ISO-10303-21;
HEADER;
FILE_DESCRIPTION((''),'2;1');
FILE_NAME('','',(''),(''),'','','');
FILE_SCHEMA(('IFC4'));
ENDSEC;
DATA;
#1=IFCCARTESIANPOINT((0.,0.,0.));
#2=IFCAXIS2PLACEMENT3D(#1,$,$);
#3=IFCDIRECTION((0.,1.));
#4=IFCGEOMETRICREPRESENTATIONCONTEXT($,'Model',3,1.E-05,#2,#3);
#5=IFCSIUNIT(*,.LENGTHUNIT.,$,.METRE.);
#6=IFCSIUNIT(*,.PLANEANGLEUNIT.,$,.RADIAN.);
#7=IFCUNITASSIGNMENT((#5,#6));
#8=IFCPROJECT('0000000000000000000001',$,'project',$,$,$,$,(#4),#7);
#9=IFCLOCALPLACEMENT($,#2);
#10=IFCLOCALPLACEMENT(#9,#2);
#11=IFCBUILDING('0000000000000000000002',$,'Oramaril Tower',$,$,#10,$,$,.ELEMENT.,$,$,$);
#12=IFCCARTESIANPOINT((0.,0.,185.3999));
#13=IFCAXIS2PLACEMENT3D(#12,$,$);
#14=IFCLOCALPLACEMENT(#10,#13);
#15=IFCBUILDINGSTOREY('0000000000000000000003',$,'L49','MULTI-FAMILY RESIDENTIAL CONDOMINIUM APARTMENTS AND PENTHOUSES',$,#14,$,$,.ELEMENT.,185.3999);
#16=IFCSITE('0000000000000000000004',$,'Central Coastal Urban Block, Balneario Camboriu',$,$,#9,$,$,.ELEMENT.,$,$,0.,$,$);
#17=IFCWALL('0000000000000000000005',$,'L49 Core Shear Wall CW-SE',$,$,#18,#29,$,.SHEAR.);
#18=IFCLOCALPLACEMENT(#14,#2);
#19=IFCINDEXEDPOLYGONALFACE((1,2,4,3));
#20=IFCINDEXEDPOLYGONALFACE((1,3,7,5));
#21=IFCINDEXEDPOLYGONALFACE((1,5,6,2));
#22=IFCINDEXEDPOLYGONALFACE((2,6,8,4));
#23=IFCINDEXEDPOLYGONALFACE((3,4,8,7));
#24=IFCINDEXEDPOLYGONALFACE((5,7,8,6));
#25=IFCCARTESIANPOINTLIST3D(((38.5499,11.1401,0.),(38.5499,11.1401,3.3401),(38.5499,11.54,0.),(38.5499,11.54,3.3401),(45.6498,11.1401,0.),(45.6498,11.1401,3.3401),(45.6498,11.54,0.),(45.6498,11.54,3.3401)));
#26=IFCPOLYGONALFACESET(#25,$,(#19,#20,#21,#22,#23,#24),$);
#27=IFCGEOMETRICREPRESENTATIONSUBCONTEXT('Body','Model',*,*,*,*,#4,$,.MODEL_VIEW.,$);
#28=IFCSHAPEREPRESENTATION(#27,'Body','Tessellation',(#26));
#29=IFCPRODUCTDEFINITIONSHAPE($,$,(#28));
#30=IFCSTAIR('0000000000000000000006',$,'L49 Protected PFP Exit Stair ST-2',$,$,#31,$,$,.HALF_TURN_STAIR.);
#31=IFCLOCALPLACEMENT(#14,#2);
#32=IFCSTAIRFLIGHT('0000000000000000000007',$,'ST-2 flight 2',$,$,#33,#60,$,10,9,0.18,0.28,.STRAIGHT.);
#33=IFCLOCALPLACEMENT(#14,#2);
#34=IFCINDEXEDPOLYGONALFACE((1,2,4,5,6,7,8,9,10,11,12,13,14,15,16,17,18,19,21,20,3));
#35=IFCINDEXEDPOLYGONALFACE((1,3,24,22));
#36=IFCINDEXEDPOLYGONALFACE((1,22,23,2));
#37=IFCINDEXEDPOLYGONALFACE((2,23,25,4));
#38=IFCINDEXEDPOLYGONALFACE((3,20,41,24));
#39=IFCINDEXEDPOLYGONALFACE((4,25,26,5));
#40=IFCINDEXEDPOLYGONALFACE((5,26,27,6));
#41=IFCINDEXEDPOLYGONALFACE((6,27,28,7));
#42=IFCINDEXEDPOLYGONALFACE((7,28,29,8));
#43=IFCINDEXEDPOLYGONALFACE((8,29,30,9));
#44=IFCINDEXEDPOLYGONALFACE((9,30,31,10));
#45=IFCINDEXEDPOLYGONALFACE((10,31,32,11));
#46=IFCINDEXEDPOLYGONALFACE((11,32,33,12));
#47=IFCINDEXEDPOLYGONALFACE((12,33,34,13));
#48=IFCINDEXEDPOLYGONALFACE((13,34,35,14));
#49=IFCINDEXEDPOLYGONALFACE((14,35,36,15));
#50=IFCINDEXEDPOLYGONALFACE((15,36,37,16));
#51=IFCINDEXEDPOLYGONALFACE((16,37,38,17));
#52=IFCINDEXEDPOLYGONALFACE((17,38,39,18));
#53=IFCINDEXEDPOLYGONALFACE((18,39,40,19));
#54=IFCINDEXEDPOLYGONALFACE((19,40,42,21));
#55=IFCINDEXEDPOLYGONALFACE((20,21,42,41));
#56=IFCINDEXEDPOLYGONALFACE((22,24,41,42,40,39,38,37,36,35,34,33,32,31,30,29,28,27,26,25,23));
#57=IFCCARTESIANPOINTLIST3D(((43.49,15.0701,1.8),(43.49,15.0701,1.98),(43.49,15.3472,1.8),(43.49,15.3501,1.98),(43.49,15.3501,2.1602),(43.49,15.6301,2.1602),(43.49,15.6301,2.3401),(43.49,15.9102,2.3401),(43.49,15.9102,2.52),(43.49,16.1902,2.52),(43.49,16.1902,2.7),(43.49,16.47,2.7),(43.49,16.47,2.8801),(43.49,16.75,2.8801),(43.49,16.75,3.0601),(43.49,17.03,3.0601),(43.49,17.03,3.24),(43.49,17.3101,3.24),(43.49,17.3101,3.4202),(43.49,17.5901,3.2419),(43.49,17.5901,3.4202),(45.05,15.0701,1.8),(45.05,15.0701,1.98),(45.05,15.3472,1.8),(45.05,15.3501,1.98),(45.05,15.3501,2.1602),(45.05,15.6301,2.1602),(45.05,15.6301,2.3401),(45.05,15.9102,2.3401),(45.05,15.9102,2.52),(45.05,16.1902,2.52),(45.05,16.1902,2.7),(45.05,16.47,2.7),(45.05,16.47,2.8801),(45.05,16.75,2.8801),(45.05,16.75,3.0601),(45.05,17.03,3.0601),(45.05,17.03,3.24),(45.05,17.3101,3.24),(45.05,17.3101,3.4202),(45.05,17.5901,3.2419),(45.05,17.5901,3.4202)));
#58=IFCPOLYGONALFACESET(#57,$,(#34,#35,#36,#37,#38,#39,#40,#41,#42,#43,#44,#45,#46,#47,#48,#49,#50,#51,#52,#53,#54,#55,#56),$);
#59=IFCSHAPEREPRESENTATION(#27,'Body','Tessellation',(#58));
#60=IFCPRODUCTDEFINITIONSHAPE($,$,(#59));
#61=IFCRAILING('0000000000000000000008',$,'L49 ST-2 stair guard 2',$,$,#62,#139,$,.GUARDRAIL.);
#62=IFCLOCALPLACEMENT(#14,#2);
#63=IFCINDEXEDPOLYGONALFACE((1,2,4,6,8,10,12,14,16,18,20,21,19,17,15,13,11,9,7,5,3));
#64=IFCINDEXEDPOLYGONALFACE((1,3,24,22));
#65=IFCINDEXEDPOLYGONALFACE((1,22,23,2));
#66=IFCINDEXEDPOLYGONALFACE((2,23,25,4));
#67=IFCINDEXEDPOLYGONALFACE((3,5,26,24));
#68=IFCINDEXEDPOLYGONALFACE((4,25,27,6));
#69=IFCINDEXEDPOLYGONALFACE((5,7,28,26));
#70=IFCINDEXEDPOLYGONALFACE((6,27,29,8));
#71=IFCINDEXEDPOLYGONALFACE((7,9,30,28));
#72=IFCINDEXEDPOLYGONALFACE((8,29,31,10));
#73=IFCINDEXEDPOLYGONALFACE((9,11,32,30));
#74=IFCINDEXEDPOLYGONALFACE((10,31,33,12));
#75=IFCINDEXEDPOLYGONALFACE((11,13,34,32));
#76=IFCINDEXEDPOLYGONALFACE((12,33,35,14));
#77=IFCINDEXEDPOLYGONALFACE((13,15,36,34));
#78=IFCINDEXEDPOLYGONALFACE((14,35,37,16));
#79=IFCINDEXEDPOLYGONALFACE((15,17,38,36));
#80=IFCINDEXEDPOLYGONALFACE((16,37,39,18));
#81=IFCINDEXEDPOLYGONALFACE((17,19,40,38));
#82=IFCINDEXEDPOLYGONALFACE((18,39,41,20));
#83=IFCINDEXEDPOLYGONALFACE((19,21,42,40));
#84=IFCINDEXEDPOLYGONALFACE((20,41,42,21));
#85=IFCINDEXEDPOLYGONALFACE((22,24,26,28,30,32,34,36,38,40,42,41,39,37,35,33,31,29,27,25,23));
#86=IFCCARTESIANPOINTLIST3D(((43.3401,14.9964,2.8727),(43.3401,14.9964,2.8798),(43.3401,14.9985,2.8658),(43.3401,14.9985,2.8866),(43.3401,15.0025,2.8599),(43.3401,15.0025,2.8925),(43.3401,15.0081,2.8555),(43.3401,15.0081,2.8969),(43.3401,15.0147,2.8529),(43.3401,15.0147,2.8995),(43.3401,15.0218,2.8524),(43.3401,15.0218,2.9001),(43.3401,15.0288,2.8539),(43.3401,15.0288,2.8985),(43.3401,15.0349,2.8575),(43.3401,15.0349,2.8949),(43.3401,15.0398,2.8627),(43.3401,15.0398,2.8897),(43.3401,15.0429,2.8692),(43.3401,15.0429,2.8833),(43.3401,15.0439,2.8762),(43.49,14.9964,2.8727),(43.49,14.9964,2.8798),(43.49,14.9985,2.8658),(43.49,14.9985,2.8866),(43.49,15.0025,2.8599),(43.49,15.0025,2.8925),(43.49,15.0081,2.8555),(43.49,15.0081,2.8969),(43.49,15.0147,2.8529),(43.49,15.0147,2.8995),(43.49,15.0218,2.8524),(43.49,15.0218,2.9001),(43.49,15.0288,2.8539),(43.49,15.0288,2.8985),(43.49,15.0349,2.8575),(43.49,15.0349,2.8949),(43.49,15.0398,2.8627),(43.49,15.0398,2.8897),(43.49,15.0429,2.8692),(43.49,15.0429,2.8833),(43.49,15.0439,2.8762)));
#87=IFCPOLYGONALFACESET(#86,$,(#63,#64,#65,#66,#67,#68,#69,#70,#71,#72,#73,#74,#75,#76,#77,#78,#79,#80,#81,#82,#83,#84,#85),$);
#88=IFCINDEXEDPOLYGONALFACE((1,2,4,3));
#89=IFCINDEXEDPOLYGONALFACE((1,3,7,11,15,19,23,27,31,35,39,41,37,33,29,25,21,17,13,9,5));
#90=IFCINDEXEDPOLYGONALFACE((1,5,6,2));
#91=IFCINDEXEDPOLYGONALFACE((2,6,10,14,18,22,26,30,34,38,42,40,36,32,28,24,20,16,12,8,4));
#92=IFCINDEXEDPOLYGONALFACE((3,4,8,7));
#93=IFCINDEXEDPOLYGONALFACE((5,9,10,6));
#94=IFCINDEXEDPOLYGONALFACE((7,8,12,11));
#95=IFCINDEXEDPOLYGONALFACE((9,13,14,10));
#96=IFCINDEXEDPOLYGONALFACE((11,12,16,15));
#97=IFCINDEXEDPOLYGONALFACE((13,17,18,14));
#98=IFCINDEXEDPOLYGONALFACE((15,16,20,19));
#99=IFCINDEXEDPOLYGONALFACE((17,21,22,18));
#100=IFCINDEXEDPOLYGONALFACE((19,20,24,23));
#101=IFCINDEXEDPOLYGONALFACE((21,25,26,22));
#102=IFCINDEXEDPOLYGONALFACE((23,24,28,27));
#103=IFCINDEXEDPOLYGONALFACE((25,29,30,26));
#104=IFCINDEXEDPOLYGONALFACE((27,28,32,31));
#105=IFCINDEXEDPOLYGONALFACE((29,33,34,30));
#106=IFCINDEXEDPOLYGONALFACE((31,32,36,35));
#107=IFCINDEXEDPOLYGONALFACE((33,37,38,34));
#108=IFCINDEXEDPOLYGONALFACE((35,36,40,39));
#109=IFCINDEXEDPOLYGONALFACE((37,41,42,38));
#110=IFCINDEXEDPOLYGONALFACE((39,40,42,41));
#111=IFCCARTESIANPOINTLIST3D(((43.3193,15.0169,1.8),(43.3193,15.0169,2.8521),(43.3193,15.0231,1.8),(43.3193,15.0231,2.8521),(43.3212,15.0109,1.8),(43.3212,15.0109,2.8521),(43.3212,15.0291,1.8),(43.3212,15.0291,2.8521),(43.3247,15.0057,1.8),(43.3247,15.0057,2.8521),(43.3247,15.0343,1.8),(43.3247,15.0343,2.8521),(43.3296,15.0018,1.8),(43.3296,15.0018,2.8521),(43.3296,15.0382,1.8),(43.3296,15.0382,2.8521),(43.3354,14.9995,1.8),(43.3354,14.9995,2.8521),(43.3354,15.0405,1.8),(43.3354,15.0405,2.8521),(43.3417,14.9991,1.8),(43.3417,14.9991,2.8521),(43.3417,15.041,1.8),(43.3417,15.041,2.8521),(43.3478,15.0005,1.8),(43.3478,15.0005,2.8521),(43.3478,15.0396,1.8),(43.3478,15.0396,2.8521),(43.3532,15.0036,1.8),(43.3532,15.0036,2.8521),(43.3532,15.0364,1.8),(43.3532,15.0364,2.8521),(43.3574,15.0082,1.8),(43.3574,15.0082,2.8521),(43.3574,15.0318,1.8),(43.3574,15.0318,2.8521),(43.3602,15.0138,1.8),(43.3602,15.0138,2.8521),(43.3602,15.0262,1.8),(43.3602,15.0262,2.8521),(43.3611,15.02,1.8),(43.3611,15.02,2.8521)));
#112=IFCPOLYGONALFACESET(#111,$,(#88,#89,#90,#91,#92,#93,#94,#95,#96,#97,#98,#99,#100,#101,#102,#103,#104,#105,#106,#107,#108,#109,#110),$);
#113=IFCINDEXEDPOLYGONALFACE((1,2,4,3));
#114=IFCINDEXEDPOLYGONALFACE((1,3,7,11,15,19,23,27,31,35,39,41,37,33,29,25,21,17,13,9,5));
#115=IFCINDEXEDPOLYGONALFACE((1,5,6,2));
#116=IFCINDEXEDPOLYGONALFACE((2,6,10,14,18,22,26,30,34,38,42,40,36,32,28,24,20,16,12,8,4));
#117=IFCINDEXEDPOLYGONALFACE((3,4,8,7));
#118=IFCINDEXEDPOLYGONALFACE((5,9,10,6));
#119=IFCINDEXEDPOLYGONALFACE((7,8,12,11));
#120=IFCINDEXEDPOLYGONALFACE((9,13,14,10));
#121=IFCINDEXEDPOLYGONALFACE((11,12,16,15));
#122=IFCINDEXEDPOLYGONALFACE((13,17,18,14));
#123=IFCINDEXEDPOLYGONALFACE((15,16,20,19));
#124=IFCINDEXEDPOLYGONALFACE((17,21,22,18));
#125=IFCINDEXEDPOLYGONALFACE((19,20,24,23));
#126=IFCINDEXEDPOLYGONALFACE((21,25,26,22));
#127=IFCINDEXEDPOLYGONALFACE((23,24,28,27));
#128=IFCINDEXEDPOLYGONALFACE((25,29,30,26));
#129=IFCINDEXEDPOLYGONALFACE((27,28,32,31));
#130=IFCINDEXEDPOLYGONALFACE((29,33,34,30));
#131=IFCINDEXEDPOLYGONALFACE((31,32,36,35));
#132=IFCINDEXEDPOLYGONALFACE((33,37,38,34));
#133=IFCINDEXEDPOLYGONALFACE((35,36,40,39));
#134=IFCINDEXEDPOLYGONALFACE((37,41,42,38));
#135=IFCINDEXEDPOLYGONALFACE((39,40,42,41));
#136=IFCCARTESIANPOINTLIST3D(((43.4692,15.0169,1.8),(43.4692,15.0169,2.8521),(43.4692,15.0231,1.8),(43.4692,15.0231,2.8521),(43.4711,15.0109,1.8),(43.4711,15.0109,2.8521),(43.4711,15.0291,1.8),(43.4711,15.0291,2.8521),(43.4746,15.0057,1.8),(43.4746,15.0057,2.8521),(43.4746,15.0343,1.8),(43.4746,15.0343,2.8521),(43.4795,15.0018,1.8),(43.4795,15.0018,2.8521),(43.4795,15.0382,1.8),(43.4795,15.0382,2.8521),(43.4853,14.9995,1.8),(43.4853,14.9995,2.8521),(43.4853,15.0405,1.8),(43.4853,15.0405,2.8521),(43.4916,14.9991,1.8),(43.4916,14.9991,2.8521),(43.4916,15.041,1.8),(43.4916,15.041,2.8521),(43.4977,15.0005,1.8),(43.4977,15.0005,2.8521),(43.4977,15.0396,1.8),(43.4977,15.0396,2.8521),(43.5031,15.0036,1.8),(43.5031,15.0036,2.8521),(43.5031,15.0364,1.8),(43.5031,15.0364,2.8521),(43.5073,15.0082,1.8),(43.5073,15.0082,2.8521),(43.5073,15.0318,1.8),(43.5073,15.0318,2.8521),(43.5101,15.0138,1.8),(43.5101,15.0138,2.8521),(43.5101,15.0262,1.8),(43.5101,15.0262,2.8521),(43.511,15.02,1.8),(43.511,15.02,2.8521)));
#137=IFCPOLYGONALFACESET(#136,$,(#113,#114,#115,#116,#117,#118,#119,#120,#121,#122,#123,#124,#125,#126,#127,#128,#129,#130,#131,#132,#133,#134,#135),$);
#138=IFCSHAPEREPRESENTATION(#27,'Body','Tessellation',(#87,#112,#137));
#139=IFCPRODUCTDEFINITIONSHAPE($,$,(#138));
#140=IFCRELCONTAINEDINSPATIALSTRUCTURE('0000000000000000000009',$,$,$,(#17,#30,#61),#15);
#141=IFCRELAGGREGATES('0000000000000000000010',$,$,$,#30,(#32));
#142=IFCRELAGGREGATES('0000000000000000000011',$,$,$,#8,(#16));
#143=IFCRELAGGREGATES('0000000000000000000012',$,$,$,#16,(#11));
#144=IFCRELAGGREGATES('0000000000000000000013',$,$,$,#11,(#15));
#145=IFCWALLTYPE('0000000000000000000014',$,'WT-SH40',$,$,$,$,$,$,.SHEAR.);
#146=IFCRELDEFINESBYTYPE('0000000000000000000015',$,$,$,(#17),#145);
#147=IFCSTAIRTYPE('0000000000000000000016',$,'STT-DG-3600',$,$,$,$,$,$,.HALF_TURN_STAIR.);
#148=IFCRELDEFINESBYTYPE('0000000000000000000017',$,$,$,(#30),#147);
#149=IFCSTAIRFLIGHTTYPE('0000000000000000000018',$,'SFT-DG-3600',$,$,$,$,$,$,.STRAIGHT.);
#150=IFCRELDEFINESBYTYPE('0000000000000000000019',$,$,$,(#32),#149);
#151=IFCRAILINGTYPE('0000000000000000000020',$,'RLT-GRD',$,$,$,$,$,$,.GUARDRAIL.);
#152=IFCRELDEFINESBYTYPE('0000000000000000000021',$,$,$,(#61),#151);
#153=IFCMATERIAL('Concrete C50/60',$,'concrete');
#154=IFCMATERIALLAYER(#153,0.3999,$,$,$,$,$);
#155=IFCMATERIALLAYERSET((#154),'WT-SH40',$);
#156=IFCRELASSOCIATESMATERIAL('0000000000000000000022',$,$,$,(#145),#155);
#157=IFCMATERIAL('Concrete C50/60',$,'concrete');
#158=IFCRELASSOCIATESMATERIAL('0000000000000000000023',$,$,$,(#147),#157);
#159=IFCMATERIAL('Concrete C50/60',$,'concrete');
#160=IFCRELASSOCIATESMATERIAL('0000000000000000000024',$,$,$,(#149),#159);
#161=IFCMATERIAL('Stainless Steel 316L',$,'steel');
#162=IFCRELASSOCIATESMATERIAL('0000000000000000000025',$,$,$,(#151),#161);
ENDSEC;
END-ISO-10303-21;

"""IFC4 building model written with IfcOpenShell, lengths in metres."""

from ifc_helpers import new_model, si_unit, direction, frame, frame_2d, origin, origin_2d, place, context, subcontext, project, spatial, polyline, rectangle, circle, outline, extrude, material, layer, layer_set, type_object, element, aggregate, save


model = new_model("IFC4")

# Units and contexts
model_context = context("Model", 3, precision=1e-05, world=origin(), true_north=direction((0.0, 1.0)))
body_context = subcontext(model_context, "Body", "Model", "MODEL_VIEW")
ifc_project = project(units=[si_unit("LENGTHUNIT", "METRE"), si_unit("PLANEANGLEUNIT", "RADIAN")], contexts=[model_context])

# Site, building, storey
site_placement = place(None, origin())
site = spatial("IfcSite", under=ifc_project, at=site_placement, Name="Central Coastal Urban Block, Balneario Camboriu", CompositionType="ELEMENT", RefElevation=0.0)
building_placement = place(site_placement, origin())
building = spatial("IfcBuilding", under=site, at=building_placement, Name="Oramaril Tower", CompositionType="ELEMENT")
storey_placement = place(building_placement, frame((0.0, 0.0, 185.3999)))
storey = spatial("IfcBuildingStorey", under=building, at=storey_placement, Name="L49", Description="MULTI-FAMILY RESIDENTIAL CONDOMINIUM APARTMENTS AND PENTHOUSES", CompositionType="ELEMENT", Elevation=185.3999)

# Wall
ifc_material_1 = material(Name="Concrete C50/60", Category="concrete")
ifc_layer_1 = layer(ifc_material_1, 0.3999)
ifc_layer_set_1 = layer_set([ifc_layer_1], Name="WT-SH40")
wall_type_1 = type_object("IfcWallType", Name="WT-SH40", PredefinedType="SHEAR", material=ifc_layer_set_1)
wall_1_placement = place(storey_placement, frame((38.55, 11.3401, 0.0), z_axis=(0.0, 0.0, 1.0), x_axis=(1.0, 0.0, 0.0)))
element("IfcWall", 1, at=wall_1_placement, inside=storey, type_object=wall_type_1, Name="L49 Core Shear Wall CW-SE", PredefinedType="SHEAR", context=body_context, shape_type="SweptSolid", body=[
    extrude(rectangle(XDim=7.0999, YDim=0.3999, at=frame_2d((3.5498, 0.0))), origin(), (0.0, 0.0, 1.0), 3.3401),
])

# Stair, stair flight
ifc_material_2 = material(Name="Concrete C50/60", Category="concrete")
stair_type = type_object("IfcStairType", Name="STT-DG-3600", PredefinedType="HALF_TURN_STAIR", material=ifc_material_2)
stair_placement = place(storey_placement, origin())
stair = element("IfcStair", 2, at=stair_placement, inside=storey, type_object=stair_type, Name="L49 Protected PFP Exit Stair ST-2", PredefinedType="HALF_TURN_STAIR")
ifc_material_3 = material(Name="Concrete C50/60", Category="concrete")
stair_flight_type = type_object("IfcStairFlightType", Name="SFT-DG-3600", PredefinedType="STRAIGHT", material=ifc_material_3)
stair_flight_placement = place(storey_placement, frame((44.27, 15.0701, 1.8), z_axis=(0.0, 0.0, 1.0), x_axis=(0.0, 1.0, 0.0)))
stair_flight = element("IfcStairFlight", 3, at=stair_flight_placement, type_object=stair_flight_type, Name="ST-2 flight 2", NumberOfRisers=10, NumberOfTreads=9, PredefinedType="STRAIGHT", RiserHeight=0.18, TreadLength=0.28, context=body_context, shape_type="SweptSolid", body=[
    extrude(outline(polyline([(0.0, 0.0), (0.0, 0.1799), (0.28, 0.1799), (0.28, 0.3601), (0.5601, 0.3601), (0.5601, 0.54), (0.8401, 0.54), (0.8401, 0.72), (1.1201, 0.72), (1.1201, 0.8999), (1.3999, 0.8999), (1.3999, 1.0801), (1.6799, 1.0801), (1.6799, 1.26), (1.96, 1.26), (1.96, 1.4399), (2.24, 1.4399), (2.24, 1.6201), (2.52, 1.6201), (2.52, 1.8), (2.52, 1.4419), (0.2771, 0.0), (0.0, 0.0)])), frame((0.0, 0.78, 0.0), z_axis=(0.0, -1.0, 0.0), x_axis=(1.0, 0.0, 0.0)), (0.0, 0.0, 1.0), 1.5601),
])
aggregate(stair, [stair_flight])

# Railing
ifc_material_4 = material(Name="Stainless Steel 316L", Category="steel")
railing_type_1 = type_object("IfcRailingType", Name="RLT-GRD", PredefinedType="GUARDRAIL", material=ifc_material_4)
railing_1_placement = place(storey_placement, frame((43.3401, 15.02, 1.8)))
element("IfcRailing", 4, at=railing_1_placement, inside=storey, type_object=railing_type_1, Name="L49 ST-2 stair guard 2", PredefinedType="GUARDRAIL", context=body_context, shape_type="SweptSolid", body=[
    extrude(circle(Radius=0.0239, at=origin_2d()), frame((0.0, 0.0, 1.0762), z_axis=(1.0, 0.0, 0.0), x_axis=(0.0, 1.0, 0.0)), (0.0, 0.0, 1.0), 0.1499),
    extrude(circle(Radius=0.021, at=origin_2d()), origin(), (0.0, 0.0, 1.0), 1.052),
    extrude(circle(Radius=0.021, at=origin_2d()), frame((0.1499, 0.0, 0.0)), (0.0, 0.0, 1.0), 1.052),
])

save(model, "model.ifc")
